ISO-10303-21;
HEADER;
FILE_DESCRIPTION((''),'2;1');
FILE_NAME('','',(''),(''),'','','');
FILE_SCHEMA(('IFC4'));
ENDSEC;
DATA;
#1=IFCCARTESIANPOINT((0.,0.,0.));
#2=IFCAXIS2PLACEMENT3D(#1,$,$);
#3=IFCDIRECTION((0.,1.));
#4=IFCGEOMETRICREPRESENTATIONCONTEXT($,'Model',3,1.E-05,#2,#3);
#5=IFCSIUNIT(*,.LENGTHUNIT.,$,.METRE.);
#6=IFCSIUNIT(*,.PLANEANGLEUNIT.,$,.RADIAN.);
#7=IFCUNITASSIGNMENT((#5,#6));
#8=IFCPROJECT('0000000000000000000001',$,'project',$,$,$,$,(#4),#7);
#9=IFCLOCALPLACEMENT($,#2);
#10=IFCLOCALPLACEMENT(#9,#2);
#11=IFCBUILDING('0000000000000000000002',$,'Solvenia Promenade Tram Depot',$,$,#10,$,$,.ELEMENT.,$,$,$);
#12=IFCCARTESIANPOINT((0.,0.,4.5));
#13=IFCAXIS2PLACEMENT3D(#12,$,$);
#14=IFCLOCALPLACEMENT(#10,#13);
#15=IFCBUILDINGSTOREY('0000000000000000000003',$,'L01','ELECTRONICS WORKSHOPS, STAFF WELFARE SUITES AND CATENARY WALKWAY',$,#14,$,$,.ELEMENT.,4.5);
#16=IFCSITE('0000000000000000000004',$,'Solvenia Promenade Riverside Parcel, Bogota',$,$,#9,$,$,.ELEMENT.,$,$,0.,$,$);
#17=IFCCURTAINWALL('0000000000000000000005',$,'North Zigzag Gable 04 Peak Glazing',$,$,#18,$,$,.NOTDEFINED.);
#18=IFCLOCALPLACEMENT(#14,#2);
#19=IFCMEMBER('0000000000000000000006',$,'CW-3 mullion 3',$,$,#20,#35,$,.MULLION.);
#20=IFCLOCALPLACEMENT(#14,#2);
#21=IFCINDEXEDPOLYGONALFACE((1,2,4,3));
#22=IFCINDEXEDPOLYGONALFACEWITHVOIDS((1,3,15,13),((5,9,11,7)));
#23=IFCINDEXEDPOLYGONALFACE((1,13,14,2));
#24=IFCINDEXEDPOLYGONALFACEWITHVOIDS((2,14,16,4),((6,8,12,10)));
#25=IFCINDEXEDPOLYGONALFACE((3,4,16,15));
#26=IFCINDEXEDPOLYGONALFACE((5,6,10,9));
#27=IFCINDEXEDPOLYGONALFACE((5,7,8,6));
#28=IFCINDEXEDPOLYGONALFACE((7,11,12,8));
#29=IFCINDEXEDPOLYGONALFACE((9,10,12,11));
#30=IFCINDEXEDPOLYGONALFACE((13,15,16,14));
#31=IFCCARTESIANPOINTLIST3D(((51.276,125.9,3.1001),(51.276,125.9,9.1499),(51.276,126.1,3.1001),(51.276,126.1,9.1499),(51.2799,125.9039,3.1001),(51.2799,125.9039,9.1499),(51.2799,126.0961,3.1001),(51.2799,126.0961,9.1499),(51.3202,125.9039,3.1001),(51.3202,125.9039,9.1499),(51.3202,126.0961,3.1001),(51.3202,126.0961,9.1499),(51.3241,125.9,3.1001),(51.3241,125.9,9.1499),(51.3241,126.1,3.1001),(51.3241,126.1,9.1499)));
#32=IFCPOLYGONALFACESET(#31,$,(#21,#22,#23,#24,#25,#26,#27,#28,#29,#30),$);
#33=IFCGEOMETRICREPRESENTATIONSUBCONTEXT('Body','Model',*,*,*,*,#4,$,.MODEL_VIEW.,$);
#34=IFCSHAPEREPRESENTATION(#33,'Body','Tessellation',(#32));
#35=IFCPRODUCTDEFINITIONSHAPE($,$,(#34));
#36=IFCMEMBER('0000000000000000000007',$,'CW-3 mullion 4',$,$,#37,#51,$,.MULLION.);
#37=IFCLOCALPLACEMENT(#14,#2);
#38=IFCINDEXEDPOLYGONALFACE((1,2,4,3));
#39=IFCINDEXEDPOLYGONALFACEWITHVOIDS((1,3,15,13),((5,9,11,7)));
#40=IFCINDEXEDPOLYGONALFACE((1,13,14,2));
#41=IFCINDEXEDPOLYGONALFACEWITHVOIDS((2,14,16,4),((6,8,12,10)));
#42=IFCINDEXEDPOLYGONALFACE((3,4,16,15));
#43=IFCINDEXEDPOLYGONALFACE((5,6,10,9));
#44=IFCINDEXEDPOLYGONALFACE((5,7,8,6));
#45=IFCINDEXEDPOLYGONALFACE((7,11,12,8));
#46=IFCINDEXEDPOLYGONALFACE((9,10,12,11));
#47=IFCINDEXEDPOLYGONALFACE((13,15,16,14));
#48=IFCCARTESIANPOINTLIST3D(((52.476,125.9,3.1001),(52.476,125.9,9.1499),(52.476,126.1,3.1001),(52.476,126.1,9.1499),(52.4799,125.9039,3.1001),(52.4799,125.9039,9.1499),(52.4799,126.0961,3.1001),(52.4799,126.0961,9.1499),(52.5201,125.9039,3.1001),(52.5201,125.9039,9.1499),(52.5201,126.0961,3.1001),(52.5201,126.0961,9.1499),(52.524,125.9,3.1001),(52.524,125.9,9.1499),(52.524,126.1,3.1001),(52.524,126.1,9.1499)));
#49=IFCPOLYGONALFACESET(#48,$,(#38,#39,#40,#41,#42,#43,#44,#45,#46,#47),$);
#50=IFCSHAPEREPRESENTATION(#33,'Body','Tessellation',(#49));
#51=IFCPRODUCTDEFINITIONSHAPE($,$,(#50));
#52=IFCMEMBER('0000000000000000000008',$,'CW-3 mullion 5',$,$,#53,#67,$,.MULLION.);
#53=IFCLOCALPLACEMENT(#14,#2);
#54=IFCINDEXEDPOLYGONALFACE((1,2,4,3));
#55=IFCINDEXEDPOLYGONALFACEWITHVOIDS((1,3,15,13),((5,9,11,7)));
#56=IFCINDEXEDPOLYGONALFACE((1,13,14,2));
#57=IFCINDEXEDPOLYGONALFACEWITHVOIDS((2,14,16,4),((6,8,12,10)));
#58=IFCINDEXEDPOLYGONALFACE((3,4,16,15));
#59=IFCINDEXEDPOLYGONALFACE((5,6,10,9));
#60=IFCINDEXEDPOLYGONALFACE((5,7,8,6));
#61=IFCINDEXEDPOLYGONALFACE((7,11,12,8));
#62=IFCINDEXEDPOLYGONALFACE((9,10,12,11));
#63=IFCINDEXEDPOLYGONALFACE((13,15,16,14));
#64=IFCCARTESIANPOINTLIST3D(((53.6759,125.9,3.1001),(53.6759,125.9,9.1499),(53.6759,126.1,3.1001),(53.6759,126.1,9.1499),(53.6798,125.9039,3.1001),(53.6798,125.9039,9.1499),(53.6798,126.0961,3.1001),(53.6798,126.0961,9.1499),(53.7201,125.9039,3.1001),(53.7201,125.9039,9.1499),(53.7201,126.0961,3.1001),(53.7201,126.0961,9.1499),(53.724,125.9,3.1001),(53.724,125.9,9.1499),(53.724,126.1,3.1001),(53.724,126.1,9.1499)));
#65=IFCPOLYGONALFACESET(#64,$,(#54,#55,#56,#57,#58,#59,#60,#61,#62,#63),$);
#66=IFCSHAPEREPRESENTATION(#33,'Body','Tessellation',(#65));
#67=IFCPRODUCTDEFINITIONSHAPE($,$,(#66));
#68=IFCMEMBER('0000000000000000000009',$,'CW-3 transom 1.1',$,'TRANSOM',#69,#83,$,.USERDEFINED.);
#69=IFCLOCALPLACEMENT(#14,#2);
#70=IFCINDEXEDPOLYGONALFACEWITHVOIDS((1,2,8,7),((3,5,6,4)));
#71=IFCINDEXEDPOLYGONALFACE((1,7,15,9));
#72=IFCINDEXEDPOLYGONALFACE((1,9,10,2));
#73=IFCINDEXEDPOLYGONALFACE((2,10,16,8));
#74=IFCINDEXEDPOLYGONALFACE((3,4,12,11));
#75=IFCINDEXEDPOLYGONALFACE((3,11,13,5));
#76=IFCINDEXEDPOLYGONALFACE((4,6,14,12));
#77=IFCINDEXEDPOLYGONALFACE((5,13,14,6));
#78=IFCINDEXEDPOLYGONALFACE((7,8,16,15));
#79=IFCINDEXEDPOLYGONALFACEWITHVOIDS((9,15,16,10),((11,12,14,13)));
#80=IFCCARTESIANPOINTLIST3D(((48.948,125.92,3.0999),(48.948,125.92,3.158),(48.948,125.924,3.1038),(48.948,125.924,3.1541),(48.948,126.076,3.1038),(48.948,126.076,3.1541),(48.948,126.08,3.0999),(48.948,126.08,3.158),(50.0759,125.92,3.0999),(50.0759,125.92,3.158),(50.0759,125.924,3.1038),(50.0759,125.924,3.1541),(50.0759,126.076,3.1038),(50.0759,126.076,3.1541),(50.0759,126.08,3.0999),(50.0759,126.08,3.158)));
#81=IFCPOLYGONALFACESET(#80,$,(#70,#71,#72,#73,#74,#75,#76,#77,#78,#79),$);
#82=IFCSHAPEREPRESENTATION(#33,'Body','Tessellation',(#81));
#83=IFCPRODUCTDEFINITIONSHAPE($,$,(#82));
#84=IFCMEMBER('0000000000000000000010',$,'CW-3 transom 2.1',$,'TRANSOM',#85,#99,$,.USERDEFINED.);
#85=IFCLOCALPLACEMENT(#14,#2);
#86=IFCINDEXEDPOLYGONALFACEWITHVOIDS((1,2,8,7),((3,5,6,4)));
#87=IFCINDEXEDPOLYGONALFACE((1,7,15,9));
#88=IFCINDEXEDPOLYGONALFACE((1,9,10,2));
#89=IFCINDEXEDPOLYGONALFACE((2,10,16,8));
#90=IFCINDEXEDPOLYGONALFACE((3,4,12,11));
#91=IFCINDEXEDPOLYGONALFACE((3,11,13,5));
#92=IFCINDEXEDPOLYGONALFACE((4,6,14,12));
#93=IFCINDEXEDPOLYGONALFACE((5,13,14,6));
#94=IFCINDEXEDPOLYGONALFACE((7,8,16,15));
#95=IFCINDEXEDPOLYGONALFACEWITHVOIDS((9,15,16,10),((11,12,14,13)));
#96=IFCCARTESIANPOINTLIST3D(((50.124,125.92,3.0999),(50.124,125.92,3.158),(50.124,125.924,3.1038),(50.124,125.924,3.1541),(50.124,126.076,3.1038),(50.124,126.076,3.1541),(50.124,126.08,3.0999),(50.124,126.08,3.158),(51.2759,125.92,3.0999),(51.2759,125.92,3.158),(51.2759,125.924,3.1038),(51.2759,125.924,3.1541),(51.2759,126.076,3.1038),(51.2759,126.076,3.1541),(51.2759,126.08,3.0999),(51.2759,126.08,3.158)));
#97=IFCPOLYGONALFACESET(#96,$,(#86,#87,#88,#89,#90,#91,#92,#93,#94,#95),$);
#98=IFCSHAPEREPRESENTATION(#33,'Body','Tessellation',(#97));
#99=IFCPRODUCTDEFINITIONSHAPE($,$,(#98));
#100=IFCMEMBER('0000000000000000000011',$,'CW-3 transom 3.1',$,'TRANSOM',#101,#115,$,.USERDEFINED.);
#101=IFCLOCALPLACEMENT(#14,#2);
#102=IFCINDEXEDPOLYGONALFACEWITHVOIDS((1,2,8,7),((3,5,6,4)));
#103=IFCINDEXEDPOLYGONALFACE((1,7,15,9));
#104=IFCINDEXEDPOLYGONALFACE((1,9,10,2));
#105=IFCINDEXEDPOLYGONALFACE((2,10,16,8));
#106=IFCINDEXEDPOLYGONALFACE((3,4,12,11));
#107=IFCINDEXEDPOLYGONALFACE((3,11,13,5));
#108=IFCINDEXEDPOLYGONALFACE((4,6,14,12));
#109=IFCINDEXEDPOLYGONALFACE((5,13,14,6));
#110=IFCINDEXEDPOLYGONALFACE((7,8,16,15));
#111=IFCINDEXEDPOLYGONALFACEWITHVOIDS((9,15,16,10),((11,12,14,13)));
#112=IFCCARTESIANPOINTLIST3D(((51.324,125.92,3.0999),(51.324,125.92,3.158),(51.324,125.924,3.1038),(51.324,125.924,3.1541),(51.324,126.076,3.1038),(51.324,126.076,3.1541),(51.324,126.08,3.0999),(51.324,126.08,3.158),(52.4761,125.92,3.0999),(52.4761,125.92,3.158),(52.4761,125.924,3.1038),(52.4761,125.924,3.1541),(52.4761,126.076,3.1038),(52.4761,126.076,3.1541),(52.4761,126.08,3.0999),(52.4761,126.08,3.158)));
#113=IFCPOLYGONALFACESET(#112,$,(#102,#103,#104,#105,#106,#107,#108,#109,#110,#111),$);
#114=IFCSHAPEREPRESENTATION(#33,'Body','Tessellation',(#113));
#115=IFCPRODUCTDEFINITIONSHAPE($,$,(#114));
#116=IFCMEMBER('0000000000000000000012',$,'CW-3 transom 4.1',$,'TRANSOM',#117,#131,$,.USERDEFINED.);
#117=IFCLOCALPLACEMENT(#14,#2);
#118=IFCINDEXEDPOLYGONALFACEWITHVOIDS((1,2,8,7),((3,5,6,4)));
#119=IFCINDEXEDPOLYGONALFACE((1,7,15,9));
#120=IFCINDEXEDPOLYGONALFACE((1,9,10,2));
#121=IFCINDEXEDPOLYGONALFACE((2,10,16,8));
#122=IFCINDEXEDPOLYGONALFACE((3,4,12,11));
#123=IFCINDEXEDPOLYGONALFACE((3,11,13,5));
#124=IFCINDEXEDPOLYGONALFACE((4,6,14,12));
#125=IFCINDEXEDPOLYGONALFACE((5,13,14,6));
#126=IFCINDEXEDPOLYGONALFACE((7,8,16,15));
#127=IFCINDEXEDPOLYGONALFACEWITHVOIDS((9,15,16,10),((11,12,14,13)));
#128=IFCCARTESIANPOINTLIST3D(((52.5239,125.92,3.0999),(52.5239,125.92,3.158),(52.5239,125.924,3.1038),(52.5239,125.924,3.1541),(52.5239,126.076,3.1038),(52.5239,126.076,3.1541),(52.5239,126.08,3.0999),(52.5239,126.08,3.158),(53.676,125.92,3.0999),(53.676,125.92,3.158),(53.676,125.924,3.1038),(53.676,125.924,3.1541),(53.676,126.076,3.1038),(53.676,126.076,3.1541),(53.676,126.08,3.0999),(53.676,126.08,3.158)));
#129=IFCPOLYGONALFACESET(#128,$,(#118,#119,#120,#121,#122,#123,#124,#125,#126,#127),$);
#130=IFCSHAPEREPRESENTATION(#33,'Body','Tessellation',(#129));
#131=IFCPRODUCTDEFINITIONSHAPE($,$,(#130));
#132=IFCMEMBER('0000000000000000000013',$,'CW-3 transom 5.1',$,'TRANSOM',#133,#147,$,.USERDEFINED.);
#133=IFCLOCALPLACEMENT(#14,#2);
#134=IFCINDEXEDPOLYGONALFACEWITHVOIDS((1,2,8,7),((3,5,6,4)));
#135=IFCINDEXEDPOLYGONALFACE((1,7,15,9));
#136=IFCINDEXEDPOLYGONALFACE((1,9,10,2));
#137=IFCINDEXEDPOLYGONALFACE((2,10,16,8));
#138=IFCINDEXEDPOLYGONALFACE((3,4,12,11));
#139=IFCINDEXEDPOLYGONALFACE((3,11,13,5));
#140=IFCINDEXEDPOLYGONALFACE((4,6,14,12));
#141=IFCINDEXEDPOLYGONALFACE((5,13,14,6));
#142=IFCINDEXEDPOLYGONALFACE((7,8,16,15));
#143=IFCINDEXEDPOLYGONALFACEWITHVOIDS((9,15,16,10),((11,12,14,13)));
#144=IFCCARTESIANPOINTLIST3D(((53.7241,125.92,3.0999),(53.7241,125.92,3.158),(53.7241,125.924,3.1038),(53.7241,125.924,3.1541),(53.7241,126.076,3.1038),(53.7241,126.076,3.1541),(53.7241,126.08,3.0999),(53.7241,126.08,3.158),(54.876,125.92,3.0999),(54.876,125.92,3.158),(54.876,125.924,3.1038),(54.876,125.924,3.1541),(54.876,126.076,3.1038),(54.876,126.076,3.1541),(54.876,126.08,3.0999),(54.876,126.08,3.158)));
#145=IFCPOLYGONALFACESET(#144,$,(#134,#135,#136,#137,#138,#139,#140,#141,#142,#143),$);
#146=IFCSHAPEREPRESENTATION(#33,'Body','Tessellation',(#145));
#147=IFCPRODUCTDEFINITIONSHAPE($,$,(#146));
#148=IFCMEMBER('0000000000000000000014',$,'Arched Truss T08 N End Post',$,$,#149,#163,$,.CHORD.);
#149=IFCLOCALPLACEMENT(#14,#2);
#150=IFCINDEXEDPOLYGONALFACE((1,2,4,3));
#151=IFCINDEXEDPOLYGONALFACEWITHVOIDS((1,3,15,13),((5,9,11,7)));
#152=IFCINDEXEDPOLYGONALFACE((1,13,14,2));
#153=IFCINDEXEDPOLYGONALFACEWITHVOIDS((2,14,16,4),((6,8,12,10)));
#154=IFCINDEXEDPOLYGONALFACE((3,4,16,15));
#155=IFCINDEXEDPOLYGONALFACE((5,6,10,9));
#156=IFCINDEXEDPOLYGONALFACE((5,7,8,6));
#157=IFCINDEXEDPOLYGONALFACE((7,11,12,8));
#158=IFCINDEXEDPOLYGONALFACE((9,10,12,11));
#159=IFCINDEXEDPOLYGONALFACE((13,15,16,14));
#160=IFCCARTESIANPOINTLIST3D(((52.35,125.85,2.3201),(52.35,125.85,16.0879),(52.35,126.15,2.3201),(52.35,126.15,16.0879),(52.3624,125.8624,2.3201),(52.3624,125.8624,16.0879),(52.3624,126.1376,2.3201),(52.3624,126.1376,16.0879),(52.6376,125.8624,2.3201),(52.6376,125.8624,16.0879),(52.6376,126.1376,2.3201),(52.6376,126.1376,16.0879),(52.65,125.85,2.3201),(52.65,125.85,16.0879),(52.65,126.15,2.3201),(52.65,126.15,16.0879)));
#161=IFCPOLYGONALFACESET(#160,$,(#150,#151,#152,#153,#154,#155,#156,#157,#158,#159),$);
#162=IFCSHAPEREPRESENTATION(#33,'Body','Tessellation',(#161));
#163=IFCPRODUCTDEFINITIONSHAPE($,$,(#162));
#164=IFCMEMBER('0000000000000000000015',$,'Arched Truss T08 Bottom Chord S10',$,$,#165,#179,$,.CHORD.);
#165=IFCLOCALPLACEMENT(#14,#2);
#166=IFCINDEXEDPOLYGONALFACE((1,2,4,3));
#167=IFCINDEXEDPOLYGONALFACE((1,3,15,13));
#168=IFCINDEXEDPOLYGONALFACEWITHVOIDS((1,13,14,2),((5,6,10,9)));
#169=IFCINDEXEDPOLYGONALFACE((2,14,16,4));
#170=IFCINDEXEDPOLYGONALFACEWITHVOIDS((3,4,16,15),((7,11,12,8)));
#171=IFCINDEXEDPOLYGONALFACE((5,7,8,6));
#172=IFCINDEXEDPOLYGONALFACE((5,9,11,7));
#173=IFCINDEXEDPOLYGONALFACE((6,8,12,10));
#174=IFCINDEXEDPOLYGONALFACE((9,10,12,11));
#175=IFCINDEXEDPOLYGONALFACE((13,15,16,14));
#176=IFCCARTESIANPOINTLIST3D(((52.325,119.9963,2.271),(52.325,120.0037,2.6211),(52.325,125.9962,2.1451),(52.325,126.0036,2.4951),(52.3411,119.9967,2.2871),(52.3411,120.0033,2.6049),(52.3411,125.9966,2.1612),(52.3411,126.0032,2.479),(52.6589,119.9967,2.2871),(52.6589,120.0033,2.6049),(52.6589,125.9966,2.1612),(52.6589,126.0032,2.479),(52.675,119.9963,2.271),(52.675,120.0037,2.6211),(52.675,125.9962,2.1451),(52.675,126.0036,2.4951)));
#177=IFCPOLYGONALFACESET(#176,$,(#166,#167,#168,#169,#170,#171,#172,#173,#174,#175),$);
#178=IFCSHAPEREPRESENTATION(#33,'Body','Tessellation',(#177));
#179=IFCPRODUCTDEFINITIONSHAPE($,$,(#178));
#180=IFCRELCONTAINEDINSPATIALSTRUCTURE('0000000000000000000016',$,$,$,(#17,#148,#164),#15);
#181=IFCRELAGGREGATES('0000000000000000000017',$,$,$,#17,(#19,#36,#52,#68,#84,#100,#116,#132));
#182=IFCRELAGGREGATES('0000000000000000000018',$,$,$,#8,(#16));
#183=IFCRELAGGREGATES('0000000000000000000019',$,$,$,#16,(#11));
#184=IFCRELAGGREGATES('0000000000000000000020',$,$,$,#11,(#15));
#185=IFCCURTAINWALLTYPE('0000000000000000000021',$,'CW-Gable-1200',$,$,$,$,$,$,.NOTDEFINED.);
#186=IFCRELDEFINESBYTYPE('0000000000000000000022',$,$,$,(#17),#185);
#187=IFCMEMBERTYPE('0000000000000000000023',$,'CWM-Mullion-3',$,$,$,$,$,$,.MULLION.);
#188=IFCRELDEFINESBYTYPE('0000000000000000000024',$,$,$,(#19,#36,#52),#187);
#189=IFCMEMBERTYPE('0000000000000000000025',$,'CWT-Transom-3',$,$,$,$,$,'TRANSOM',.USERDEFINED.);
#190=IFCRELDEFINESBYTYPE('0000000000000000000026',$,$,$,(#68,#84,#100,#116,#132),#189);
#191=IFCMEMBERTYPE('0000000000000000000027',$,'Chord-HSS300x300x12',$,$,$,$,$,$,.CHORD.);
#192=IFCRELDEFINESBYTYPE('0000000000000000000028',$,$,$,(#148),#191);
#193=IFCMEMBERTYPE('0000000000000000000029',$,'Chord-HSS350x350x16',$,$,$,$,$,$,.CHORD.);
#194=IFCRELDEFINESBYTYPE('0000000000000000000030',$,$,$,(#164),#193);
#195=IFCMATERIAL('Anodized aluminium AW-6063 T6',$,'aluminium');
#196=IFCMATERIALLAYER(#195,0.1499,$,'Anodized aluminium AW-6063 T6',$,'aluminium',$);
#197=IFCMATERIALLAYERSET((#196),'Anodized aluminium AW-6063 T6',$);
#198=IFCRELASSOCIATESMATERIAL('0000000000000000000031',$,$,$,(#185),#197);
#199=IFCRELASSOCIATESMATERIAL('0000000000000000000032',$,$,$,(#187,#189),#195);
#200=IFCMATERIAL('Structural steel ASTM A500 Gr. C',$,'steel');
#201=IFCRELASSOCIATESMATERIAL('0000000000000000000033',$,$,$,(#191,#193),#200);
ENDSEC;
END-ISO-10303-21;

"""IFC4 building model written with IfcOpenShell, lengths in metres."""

from ifc_helpers import new_model, si_unit, direction, frame, origin, origin_2d, place, context, subcontext, project, spatial, hollow_rectangle, extrude, material, layer, layer_set, material_profile, profile_set, type_object, element, aggregate, save


model = new_model("IFC4")

# Units and contexts
model_context = context("Model", 3, precision=1e-05, world=origin(), true_north=direction((0.0, 1.0)))
body_context = subcontext(model_context, "Body", "Model", "MODEL_VIEW")
ifc_project = project(units=[si_unit("LENGTHUNIT", "METRE"), si_unit("PLANEANGLEUNIT", "RADIAN")], contexts=[model_context])

# Site, building, storey
site_placement = place(None, origin())
site = spatial("IfcSite", under=ifc_project, at=site_placement, Name="Solvenia Promenade Riverside Parcel, Bogota", CompositionType="ELEMENT", RefElevation=0.0)
building_placement = place(site_placement, origin())
building = spatial("IfcBuilding", under=site, at=building_placement, Name="Solvenia Promenade Tram Depot", CompositionType="ELEMENT")
storey_placement = place(building_placement, frame((0.0, 0.0, 4.5)))
storey = spatial("IfcBuildingStorey", under=building, at=storey_placement, Name="L01", Description="ELECTRONICS WORKSHOPS, STAFF WELFARE SUITES AND CATENARY WALKWAY", CompositionType="ELEMENT", Elevation=4.5)

# Shared definitions
ifc_material_1 = material(Name="Structural steel ASTM A500 Gr. C", Category="steel")

# Curtain wall, members
ifc_material_2 = material(Name="Anodized aluminium AW-6063 T6", Category="aluminium")
ifc_layer_1 = layer(ifc_material_2, 0.1499, Name="Anodized aluminium AW-6063 T6", Category="aluminium")
ifc_layer_set_1 = layer_set([ifc_layer_1], Name="Anodized aluminium AW-6063 T6")
curtain_wall_type = type_object("IfcCurtainWallType", Name="CW-Gable-1200", PredefinedType="NOTDEFINED", material=ifc_layer_set_1)
curtain_wall_placement = place(storey_placement, origin())
curtain_wall = element("IfcCurtainWall", 1, at=curtain_wall_placement, inside=storey, type_object=curtain_wall_type, Name="North Zigzag Gable 04 Peak Glazing", PredefinedType="NOTDEFINED")
ifc_material_profile_1 = material_profile(ifc_material_2, hollow_rectangle(XDim=0.2, YDim=0.0481, WallThickness=0.0039, at=origin_2d()), Name="ALU-M3", Category="aluminium")
ifc_profile_set_1 = profile_set([ifc_material_profile_1], Name="Anodized aluminium AW-6063 T6")
member_type_1 = type_object("IfcMemberType", Name="CWM-Mullion-3", PredefinedType="MULLION", material=ifc_profile_set_1)
member_1_placement = place(storey_placement, frame((51.3, 126.0, 3.1001), z_axis=(0.0, 0.0, 1.0), x_axis=(0.0, 1.0, 0.0)))
member_1 = element("IfcMember", 2, at=member_1_placement, type_object=member_type_1, Name="CW-3 mullion 3", PredefinedType="MULLION", context=body_context, shape_type="SweptSolid", body=[
    extrude(hollow_rectangle(XDim=0.2, YDim=0.0481, WallThickness=0.0039, at=origin_2d()), origin(), (0.0, 0.0, 1.0), 6.0498),
])
member_2_placement = place(storey_placement, frame((52.5, 126.0, 3.1001), z_axis=(0.0, 0.0, 1.0), x_axis=(0.0, 1.0, 0.0)))
member_2 = element("IfcMember", 3, at=member_2_placement, type_object=member_type_1, Name="CW-3 mullion 4", PredefinedType="MULLION", context=body_context, shape_type="SweptSolid", body=[
    extrude(hollow_rectangle(XDim=0.2, YDim=0.0481, WallThickness=0.0039, at=origin_2d()), origin(), (0.0, 0.0, 1.0), 6.0498),
])
member_3_placement = place(storey_placement, frame((53.7, 126.0, 3.1001), z_axis=(0.0, 0.0, 1.0), x_axis=(0.0, 1.0, 0.0)))
member_3 = element("IfcMember", 4, at=member_3_placement, type_object=member_type_1, Name="CW-3 mullion 5", PredefinedType="MULLION", context=body_context, shape_type="SweptSolid", body=[
    extrude(hollow_rectangle(XDim=0.2, YDim=0.0481, WallThickness=0.0039, at=origin_2d()), origin(), (0.0, 0.0, 1.0), 6.0498),
])
ifc_material_profile_2 = material_profile(ifc_material_2, hollow_rectangle(XDim=0.1599, YDim=0.0581, WallThickness=0.0039, at=origin_2d()), Name="ALU-T3", Category="aluminium")
ifc_profile_set_2 = profile_set([ifc_material_profile_2], Name="Anodized aluminium AW-6063 T6")
member_type_2 = type_object("IfcMemberType", Name="CWT-Transom-3", ElementType="TRANSOM", PredefinedType="USERDEFINED", material=ifc_profile_set_2)
member_4_placement = place(storey_placement, frame((48.948, 126.0, 3.1289), z_axis=(1.0, 0.0, 0.0), x_axis=(0.0, 1.0, 0.0)))
member_4 = element("IfcMember", 5, at=member_4_placement, type_object=member_type_2, Name="CW-3 transom 1.1", ObjectType="TRANSOM", PredefinedType="USERDEFINED", context=body_context, shape_type="SweptSolid", body=[
    extrude(hollow_rectangle(XDim=0.1599, YDim=0.0581, WallThickness=0.0039, at=origin_2d()), origin(), (0.0, 0.0, 1.0), 1.1279),
])
member_5_placement = place(storey_placement, frame((50.124, 126.0, 3.1289), z_axis=(1.0, 0.0, 0.0), x_axis=(0.0, 1.0, 0.0)))
member_5 = element("IfcMember", 6, at=member_5_placement, type_object=member_type_2, Name="CW-3 transom 2.1", ObjectType="TRANSOM", PredefinedType="USERDEFINED", context=body_context, shape_type="SweptSolid", body=[
    extrude(hollow_rectangle(XDim=0.1599, YDim=0.0581, WallThickness=0.0039, at=origin_2d()), origin(), (0.0, 0.0, 1.0), 1.1519),
])
member_6_placement = place(storey_placement, frame((51.324, 126.0, 3.1289), z_axis=(1.0, 0.0, 0.0), x_axis=(0.0, 1.0, 0.0)))
member_6 = element("IfcMember", 7, at=member_6_placement, type_object=member_type_2, Name="CW-3 transom 3.1", ObjectType="TRANSOM", PredefinedType="USERDEFINED", context=body_context, shape_type="SweptSolid", body=[
    extrude(hollow_rectangle(XDim=0.1599, YDim=0.0581, WallThickness=0.0039, at=origin_2d()), origin(), (0.0, 0.0, 1.0), 1.1521),
])
member_7_placement = place(storey_placement, frame((52.5239, 126.0, 3.1289), z_axis=(1.0, 0.0, 0.0), x_axis=(0.0, 1.0, 0.0)))
member_7 = element("IfcMember", 8, at=member_7_placement, type_object=member_type_2, Name="CW-3 transom 4.1", ObjectType="TRANSOM", PredefinedType="USERDEFINED", context=body_context, shape_type="SweptSolid", body=[
    extrude(hollow_rectangle(XDim=0.1599, YDim=0.0581, WallThickness=0.0039, at=origin_2d()), origin(), (0.0, 0.0, 1.0), 1.1521),
])
member_8_placement = place(storey_placement, frame((53.7241, 126.0, 3.1289), z_axis=(1.0, 0.0, 0.0), x_axis=(0.0, 1.0, 0.0)))
member_8 = element("IfcMember", 9, at=member_8_placement, type_object=member_type_2, Name="CW-3 transom 5.1", ObjectType="TRANSOM", PredefinedType="USERDEFINED", context=body_context, shape_type="SweptSolid", body=[
    extrude(hollow_rectangle(XDim=0.1599, YDim=0.0581, WallThickness=0.0039, at=origin_2d()), origin(), (0.0, 0.0, 1.0), 1.1519),
])

# Members
ifc_material_profile_3 = material_profile(ifc_material_1, hollow_rectangle(XDim=0.3, YDim=0.3, WallThickness=0.0125, at=origin_2d()), Name="HSS300x300x12.5", Category="steel")
ifc_profile_set_3 = profile_set([ifc_material_profile_3], Name="Structural steel ASTM A500 Gr. C")
member_type_3 = type_object("IfcMemberType", Name="Chord-HSS300x300x12", PredefinedType="CHORD", material=ifc_profile_set_3)
member_9_placement = place(storey_placement, frame((52.5, 126.0, 2.3201), z_axis=(0.0, 0.0, 1.0), x_axis=(1.0, 0.0, 0.0)))
element("IfcMember", 10, at=member_9_placement, inside=storey, type_object=member_type_3, Name="Arched Truss T08 N End Post", PredefinedType="CHORD", context=body_context, shape_type="SweptSolid", body=[
    extrude(hollow_rectangle(XDim=0.3, YDim=0.3, WallThickness=0.0125, at=origin_2d()), origin(), (0.0, 0.0, 1.0), 13.7678),
])
ifc_material_profile_4 = material_profile(ifc_material_1, hollow_rectangle(XDim=0.3501, YDim=0.3501, WallThickness=0.0161, at=origin_2d()), Name="HSS350x350x16", Category="steel")
ifc_profile_set_4 = profile_set([ifc_material_profile_4], Name="Structural steel ASTM A500 Gr. C")
member_type_4 = type_object("IfcMemberType", Name="Chord-HSS350x350x16", PredefinedType="CHORD", material=ifc_profile_set_4)
member_10_placement = place(storey_placement, frame((52.5, 120.0, 2.446), z_axis=(0.0, 0.99978, -0.020991), x_axis=(-1.0, 0.0, 0.0)))
element("IfcMember", 11, at=member_10_placement, inside=storey, type_object=member_type_4, Name="Arched Truss T08 Bottom Chord S10", PredefinedType="CHORD", context=body_context, shape_type="SweptSolid", body=[
    extrude(hollow_rectangle(XDim=0.3501, YDim=0.3501, WallThickness=0.0161, at=origin_2d()), origin(), (0.0, 0.0, 1.0), 6.0012),
])

aggregate(curtain_wall, [member_1, member_2, member_3, member_4, member_5, member_6, member_7, member_8])

save(model, "model.ifc")
